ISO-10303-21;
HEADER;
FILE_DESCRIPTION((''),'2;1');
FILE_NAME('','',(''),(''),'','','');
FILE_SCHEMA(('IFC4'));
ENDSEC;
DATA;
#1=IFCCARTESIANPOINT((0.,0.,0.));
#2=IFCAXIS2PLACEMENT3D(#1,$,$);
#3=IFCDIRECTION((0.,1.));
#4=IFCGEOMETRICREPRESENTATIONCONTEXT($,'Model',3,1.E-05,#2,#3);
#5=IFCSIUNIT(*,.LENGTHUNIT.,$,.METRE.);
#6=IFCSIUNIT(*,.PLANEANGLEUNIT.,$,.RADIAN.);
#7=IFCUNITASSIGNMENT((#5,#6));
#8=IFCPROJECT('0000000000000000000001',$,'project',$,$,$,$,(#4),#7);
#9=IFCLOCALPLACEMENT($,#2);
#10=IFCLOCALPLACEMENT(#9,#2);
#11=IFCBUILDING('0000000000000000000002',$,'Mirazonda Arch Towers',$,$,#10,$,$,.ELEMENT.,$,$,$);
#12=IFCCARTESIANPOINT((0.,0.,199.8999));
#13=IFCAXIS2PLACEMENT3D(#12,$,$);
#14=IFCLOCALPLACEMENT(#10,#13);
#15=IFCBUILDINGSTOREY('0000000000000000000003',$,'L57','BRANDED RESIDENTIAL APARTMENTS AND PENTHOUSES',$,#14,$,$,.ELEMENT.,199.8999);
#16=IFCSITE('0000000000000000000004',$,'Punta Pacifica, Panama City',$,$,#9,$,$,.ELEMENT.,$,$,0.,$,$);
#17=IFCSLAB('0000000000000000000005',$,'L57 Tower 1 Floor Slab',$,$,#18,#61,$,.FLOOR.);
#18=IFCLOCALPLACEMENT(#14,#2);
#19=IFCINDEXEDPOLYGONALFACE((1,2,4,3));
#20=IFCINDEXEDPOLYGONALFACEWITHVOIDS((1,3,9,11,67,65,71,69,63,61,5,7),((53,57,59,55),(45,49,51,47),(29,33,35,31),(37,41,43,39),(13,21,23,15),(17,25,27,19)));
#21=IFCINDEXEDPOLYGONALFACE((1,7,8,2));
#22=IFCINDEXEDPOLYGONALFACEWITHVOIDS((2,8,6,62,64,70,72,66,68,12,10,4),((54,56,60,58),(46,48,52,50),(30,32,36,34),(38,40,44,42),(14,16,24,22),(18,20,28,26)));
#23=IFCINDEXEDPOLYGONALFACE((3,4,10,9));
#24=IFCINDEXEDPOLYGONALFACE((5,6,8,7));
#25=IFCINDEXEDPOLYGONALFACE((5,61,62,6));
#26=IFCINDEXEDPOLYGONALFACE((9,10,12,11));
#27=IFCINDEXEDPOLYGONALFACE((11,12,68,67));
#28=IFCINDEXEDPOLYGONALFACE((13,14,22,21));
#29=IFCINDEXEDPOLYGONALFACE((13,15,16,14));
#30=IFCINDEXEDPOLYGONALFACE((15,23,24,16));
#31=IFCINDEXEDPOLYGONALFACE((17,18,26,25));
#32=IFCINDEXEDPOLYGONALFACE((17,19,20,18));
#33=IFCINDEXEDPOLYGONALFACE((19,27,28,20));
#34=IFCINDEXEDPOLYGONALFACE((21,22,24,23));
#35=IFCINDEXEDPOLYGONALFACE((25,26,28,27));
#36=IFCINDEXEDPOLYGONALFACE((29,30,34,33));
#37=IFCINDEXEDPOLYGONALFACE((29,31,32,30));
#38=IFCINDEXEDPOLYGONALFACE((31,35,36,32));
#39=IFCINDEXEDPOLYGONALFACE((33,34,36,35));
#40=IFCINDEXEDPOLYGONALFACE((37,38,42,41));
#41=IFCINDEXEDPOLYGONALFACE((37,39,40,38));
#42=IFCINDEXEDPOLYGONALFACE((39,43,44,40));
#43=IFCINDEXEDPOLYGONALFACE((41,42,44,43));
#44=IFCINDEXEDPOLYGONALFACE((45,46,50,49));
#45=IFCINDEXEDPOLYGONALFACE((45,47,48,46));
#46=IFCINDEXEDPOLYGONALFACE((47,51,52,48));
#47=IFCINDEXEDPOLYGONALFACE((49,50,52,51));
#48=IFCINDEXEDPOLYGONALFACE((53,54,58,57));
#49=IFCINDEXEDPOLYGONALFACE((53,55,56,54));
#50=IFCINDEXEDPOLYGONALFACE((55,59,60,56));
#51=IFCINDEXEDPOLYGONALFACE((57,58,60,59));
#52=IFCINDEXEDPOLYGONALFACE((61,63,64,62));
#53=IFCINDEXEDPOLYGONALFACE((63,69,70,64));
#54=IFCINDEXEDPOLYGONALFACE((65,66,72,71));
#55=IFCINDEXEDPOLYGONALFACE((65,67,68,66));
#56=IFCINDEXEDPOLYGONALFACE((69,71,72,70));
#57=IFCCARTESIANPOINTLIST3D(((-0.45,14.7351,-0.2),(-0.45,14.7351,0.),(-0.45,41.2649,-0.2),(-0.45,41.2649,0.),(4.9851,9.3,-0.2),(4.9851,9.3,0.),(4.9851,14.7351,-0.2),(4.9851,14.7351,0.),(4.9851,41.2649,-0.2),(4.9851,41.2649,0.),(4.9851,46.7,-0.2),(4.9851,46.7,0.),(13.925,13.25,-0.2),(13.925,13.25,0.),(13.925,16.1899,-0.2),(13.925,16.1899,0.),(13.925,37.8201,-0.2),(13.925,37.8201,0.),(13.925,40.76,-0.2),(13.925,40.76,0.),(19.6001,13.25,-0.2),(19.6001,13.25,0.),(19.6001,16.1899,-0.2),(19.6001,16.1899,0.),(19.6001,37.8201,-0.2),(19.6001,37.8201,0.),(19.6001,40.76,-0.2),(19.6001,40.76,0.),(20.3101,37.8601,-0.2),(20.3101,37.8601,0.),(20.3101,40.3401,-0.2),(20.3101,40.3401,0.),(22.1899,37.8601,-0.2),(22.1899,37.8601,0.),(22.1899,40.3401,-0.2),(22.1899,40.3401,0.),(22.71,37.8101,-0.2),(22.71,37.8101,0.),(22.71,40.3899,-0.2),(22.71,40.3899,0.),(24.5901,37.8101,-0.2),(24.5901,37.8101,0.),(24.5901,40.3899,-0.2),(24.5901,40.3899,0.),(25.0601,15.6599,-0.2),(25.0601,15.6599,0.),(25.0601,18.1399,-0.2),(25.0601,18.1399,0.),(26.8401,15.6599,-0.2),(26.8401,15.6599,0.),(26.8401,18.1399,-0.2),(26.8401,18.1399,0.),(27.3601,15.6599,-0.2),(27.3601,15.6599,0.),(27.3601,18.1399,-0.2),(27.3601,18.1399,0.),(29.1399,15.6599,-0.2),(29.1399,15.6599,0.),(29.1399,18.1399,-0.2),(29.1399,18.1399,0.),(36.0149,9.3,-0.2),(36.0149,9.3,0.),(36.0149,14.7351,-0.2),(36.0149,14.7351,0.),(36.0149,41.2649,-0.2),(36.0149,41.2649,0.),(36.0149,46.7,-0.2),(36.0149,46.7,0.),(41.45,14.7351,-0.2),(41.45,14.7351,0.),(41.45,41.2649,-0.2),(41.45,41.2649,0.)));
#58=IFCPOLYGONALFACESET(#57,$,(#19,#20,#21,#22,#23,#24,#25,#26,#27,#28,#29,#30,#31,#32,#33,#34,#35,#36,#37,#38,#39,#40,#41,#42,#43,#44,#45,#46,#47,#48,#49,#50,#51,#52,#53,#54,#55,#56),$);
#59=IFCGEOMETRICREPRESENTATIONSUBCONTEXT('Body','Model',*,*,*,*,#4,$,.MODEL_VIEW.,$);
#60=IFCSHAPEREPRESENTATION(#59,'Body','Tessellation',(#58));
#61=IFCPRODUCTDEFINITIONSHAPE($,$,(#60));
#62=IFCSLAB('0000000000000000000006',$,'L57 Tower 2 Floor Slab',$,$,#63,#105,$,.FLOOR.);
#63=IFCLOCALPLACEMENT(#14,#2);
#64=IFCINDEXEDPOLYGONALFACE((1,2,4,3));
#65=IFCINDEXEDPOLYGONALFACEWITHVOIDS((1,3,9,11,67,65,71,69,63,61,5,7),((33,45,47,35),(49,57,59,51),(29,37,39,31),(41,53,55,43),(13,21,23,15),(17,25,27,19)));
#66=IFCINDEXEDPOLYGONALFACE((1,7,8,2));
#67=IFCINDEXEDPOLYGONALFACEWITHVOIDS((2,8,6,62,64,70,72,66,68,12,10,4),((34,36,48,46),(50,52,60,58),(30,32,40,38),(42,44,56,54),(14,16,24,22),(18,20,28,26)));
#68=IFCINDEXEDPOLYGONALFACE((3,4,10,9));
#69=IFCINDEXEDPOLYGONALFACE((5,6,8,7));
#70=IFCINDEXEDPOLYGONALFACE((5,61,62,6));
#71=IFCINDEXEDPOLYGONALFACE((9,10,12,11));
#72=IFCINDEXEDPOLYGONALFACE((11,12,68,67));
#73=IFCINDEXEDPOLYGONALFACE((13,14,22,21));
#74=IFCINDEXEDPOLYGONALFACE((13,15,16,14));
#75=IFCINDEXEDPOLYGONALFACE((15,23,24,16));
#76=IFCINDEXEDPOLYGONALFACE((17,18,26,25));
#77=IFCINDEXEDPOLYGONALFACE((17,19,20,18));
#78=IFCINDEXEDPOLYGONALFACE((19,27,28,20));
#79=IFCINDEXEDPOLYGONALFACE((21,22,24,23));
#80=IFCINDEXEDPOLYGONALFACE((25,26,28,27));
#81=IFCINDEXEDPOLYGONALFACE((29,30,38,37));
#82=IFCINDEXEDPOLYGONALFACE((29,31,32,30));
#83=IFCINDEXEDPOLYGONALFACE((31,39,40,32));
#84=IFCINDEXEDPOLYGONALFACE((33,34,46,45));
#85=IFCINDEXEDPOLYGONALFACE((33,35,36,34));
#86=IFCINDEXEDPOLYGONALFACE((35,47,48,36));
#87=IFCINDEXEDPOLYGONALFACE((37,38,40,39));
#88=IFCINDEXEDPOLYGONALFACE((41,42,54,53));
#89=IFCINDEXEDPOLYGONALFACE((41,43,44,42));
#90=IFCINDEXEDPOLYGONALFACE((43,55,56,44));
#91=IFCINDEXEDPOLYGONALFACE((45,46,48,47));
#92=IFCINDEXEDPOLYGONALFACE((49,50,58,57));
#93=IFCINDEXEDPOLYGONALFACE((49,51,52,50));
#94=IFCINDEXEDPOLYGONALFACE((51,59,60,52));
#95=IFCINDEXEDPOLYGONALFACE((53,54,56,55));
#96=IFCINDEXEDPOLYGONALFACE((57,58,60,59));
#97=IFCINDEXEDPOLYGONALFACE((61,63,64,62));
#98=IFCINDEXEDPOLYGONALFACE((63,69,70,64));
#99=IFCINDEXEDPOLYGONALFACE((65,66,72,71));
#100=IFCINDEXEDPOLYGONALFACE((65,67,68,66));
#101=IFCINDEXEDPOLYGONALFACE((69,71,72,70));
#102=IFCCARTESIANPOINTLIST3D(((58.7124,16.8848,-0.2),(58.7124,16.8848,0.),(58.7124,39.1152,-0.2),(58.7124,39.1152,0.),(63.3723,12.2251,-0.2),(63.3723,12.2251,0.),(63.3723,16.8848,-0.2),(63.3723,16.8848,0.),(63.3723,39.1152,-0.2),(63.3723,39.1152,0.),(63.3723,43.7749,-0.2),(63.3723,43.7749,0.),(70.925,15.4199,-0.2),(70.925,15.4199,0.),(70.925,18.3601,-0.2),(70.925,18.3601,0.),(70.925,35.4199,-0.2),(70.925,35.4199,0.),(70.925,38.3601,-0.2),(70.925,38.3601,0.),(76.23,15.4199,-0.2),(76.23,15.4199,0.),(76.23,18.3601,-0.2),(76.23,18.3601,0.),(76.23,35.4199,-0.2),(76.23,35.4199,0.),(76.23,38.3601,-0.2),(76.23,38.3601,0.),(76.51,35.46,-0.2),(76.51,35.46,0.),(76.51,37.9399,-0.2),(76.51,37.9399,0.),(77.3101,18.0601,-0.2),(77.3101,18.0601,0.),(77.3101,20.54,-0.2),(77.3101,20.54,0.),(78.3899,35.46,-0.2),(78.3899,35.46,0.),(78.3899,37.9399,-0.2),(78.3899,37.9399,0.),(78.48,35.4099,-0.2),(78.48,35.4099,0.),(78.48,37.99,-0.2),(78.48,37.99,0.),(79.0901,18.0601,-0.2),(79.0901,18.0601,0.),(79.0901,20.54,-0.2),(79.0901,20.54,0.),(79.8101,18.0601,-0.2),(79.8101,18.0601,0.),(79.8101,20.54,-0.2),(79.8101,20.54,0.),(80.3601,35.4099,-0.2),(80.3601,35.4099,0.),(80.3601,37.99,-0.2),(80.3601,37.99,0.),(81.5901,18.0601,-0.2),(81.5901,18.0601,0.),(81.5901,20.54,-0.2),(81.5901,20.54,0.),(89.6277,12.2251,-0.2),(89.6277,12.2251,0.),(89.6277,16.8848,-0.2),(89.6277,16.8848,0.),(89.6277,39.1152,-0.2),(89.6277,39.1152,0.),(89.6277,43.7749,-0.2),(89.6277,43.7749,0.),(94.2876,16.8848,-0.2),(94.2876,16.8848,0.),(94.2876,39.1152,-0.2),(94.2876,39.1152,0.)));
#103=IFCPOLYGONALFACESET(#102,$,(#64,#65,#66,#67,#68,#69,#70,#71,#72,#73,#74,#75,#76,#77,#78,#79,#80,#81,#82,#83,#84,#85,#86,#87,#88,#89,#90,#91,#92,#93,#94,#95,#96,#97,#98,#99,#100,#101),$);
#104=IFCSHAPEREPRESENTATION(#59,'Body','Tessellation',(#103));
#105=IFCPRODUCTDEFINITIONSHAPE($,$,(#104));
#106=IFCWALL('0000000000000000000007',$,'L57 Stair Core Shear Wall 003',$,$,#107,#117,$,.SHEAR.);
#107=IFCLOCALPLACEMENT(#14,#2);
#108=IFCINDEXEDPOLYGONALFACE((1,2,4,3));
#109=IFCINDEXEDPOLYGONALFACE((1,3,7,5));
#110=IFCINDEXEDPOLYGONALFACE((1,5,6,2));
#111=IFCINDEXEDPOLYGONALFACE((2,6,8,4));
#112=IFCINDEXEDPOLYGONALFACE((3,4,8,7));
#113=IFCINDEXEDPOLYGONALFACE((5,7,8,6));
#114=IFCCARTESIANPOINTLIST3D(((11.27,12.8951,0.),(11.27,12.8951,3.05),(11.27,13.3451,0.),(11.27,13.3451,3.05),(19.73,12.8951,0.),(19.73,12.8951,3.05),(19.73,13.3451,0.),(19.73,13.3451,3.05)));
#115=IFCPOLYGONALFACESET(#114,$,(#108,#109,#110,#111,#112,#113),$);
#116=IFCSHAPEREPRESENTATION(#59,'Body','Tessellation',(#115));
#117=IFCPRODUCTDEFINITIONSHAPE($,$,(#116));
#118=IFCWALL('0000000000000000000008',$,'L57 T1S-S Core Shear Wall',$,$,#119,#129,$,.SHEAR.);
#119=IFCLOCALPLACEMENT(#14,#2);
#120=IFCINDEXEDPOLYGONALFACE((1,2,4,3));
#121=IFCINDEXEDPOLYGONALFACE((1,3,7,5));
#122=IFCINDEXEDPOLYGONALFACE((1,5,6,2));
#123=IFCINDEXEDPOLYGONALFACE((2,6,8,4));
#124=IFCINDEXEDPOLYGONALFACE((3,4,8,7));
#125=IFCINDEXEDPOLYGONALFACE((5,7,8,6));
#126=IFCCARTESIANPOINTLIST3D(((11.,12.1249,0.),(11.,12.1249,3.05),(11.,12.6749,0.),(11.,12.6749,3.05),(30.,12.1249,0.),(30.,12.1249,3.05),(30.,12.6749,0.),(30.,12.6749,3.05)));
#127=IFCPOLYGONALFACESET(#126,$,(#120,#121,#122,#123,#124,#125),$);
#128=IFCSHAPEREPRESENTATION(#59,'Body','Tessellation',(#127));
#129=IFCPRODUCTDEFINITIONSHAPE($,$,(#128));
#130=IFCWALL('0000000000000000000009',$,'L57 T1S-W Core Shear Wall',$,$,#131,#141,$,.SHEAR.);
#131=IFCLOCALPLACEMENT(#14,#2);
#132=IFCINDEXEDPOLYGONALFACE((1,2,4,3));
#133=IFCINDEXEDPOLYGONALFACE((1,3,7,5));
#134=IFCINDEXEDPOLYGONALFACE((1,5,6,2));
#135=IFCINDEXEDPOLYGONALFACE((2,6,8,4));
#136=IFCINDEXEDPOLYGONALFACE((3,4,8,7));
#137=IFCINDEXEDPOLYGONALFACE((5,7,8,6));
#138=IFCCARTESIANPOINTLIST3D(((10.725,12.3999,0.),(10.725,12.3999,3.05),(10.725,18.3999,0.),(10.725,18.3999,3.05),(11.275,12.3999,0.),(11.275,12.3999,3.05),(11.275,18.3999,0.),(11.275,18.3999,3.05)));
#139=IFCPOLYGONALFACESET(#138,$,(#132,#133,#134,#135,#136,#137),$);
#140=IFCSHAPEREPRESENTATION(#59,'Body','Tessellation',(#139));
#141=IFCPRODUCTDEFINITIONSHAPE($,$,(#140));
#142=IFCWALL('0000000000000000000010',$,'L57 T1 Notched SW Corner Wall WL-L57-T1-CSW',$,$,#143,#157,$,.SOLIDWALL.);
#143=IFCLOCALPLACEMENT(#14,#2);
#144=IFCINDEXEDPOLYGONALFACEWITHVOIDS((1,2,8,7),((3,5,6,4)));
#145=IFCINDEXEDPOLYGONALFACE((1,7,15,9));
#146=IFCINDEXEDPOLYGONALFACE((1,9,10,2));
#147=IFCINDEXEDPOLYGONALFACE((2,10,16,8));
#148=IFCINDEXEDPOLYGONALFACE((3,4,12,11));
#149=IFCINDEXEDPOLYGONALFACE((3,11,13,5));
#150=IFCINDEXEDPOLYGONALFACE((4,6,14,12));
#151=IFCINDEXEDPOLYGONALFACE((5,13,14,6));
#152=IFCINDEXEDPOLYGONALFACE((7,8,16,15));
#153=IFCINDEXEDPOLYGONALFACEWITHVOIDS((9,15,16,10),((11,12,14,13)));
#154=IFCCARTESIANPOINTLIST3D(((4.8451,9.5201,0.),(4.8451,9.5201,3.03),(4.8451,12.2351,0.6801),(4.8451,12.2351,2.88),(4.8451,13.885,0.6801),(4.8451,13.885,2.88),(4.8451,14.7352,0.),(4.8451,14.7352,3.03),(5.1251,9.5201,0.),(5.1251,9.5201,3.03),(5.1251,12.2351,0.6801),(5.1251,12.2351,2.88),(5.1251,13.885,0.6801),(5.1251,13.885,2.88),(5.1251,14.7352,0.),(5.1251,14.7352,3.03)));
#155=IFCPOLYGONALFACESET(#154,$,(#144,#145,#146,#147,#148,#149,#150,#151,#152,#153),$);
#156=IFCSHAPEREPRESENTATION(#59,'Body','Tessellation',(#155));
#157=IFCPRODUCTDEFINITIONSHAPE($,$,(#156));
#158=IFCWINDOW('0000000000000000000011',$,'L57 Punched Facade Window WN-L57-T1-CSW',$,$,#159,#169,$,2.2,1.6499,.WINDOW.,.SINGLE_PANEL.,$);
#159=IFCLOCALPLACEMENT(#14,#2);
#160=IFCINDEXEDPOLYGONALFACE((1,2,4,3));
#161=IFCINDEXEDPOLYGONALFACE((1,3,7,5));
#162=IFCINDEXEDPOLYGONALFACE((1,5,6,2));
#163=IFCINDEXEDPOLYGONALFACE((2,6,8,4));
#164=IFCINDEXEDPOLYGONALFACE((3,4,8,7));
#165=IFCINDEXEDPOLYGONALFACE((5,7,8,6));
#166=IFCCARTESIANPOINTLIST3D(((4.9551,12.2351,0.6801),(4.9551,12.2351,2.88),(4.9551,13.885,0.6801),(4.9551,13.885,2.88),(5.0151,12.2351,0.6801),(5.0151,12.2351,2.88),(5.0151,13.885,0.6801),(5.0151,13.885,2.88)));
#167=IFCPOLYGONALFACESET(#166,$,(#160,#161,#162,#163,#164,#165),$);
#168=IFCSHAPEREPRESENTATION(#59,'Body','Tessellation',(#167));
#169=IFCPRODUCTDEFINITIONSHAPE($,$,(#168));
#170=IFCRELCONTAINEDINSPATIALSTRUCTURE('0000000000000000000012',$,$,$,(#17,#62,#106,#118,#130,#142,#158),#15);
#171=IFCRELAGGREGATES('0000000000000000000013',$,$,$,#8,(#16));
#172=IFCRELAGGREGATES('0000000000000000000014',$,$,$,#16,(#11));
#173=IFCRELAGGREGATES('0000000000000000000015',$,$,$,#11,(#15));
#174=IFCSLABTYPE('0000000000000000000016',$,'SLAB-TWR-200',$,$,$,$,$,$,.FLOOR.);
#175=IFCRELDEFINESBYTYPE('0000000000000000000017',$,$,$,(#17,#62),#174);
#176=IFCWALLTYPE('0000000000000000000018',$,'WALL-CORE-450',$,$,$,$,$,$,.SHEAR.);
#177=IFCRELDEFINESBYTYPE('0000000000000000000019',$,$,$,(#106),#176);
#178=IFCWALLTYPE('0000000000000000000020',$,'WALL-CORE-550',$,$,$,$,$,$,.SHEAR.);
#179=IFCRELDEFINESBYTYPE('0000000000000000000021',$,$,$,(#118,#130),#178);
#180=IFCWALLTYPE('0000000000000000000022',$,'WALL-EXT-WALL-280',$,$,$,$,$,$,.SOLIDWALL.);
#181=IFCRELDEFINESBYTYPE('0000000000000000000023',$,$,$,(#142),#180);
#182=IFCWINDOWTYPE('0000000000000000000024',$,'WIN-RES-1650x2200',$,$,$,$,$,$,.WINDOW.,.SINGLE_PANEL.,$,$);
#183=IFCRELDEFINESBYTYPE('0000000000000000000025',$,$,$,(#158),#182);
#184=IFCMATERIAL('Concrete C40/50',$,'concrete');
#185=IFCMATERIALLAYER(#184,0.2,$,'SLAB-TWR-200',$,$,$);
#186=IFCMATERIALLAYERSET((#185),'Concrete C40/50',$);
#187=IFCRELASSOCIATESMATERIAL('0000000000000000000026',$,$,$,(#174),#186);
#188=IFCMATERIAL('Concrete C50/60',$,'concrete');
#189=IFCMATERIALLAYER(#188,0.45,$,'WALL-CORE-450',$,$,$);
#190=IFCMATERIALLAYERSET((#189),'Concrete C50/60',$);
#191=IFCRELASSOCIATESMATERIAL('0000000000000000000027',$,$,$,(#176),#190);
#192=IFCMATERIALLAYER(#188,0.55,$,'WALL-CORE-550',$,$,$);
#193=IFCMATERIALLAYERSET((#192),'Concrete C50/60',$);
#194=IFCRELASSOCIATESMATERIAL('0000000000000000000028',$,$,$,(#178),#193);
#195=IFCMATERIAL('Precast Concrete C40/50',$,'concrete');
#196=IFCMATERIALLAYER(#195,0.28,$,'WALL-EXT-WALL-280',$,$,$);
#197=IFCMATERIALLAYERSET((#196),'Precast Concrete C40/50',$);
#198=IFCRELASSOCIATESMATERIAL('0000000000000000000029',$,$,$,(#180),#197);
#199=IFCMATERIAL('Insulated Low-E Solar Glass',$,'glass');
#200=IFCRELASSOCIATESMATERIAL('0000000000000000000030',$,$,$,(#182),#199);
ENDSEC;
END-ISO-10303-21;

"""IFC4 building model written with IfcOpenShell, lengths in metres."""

from ifc_helpers import new_model, si_unit, direction, frame, frame_2d, origin, place, context, subcontext, project, spatial, polyline, rectangle, outline, extrude, material, layer, layer_set, type_object, element, fill, save


model = new_model("IFC4")

# Units and contexts
model_context = context("Model", 3, precision=1e-05, world=origin(), true_north=direction((0.0, 1.0)))
body_context = subcontext(model_context, "Body", "Model", "MODEL_VIEW")
ifc_project = project(units=[si_unit("LENGTHUNIT", "METRE"), si_unit("PLANEANGLEUNIT", "RADIAN")], contexts=[model_context])

# Site, building, storey
site_placement = place(None, origin())
site = spatial("IfcSite", under=ifc_project, at=site_placement, Name="Punta Pacifica, Panama City", CompositionType="ELEMENT", RefElevation=0.0)
building_placement = place(site_placement, origin())
building = spatial("IfcBuilding", under=site, at=building_placement, Name="Mirazonda Arch Towers", CompositionType="ELEMENT")
storey_placement = place(building_placement, frame((0.0, 0.0, 199.8999)))
storey = spatial("IfcBuildingStorey", under=building, at=storey_placement, Name="L57", Description="BRANDED RESIDENTIAL APARTMENTS AND PENTHOUSES", CompositionType="ELEMENT", Elevation=199.8999)

# Shared definitions
ifc_material_1 = material(Name="Concrete C50/60", Category="concrete")

# Shared definitions
ifc_material_2 = material(Name="Insulated Low-E Solar Glass", Category="glass")

# Shared definitions
ifc_material_3 = material(Name="Concrete C40/50", Category="concrete")

# Slabs
ifc_layer_1 = layer(ifc_material_3, 0.2, Name="SLAB-TWR-200")
ifc_layer_set_1 = layer_set([ifc_layer_1], Name="Concrete C40/50")
slab_type_1 = type_object("IfcSlabType", Name="SLAB-TWR-200", PredefinedType="FLOOR", material=ifc_layer_set_1)
slab_1_placement = place(storey_placement, frame((0.0, 0.0, -0.2)))
element("IfcSlab", 1, at=slab_1_placement, inside=storey, type_object=slab_type_1, Name="L57 Tower 1 Floor Slab", PredefinedType="FLOOR", context=body_context, shape_type="SweptSolid", body=[
    extrude(outline(polyline([(4.9851, 9.3), (36.0149, 9.3), (36.0149, 14.7351), (41.45, 14.7351), (41.45, 41.2649), (36.0149, 41.2649), (36.0149, 46.7), (4.9851, 46.7), (4.9851, 41.2649), (-0.45, 41.2649), (-0.45, 14.7351), (4.9851, 14.7351), (4.9851, 9.3)]), holes=[polyline([(27.3601, 18.1399), (29.1399, 18.1399), (29.1399, 15.6599), (27.3601, 15.6599), (27.3601, 18.1399)]), polyline([(25.0601, 18.1399), (26.8401, 18.1399), (26.8401, 15.6599), (25.0601, 15.6599), (25.0601, 18.1399)]), polyline([(22.71, 40.3899), (24.5901, 40.3899), (24.5901, 37.8101), (22.71, 37.8101), (22.71, 40.3899)]), polyline([(20.3101, 37.8601), (20.3101, 40.3401), (22.1899, 40.3401), (22.1899, 37.8601), (20.3101, 37.8601)]), polyline([(19.6001, 13.25), (13.925, 13.25), (13.925, 16.1899), (19.6001, 16.1899), (19.6001, 13.25)]), polyline([(13.925, 37.8201), (13.925, 40.76), (19.6001, 40.76), (19.6001, 37.8201), (13.925, 37.8201)])]), origin(), (0.0, 0.0, 1.0), 0.2),
])
slab_2_placement = place(storey_placement, frame((0.0, 0.0, -0.2)))
element("IfcSlab", 2, at=slab_2_placement, inside=storey, type_object=slab_type_1, Name="L57 Tower 2 Floor Slab", PredefinedType="FLOOR", context=body_context, shape_type="SweptSolid", body=[
    extrude(outline(polyline([(63.3723, 12.2251), (89.6277, 12.2251), (89.6277, 16.8848), (94.2876, 16.8848), (94.2876, 39.1152), (89.6277, 39.1152), (89.6277, 43.7749), (63.3723, 43.7749), (63.3723, 39.1152), (58.7124, 39.1152), (58.7124, 16.8848), (63.3723, 16.8848), (63.3723, 12.2251)]), holes=[polyline([(79.8101, 20.54), (81.5901, 20.54), (81.5901, 18.0601), (79.8101, 18.0601), (79.8101, 20.54)]), polyline([(78.48, 37.99), (80.3601, 37.99), (80.3601, 35.4099), (78.48, 35.4099), (78.48, 37.99)]), polyline([(77.3101, 20.54), (79.0901, 20.54), (79.0901, 18.0601), (77.3101, 18.0601), (77.3101, 20.54)]), polyline([(76.51, 35.46), (76.51, 37.9399), (78.3899, 37.9399), (78.3899, 35.46), (76.51, 35.46)]), polyline([(76.23, 15.4199), (70.925, 15.4199), (70.925, 18.3601), (76.23, 18.3601), (76.23, 15.4199)]), polyline([(70.925, 35.4199), (70.925, 38.3601), (76.23, 38.3601), (76.23, 35.4199), (70.925, 35.4199)])]), origin(), (0.0, 0.0, 1.0), 0.2),
])

# Walls
ifc_layer_2 = layer(ifc_material_1, 0.45, Name="WALL-CORE-450")
ifc_layer_set_2 = layer_set([ifc_layer_2], Name="Concrete C50/60")
wall_type_1 = type_object("IfcWallType", Name="WALL-CORE-450", PredefinedType="SHEAR", material=ifc_layer_set_2)
wall_1_placement = place(storey_placement, frame((11.27, 13.1201, 0.0), z_axis=(0.0, 0.0, 1.0), x_axis=(1.0, 0.0, 0.0)))
element("IfcWall", 3, at=wall_1_placement, inside=storey, type_object=wall_type_1, Name="L57 Stair Core Shear Wall 003", PredefinedType="SHEAR", context=body_context, shape_type="SweptSolid", body=[
    extrude(rectangle(XDim=8.46, YDim=0.45, at=frame_2d((4.23, 0.0))), origin(), (0.0, 0.0, 1.0), 3.05),
])
ifc_layer_3 = layer(ifc_material_1, 0.55, Name="WALL-CORE-550")
ifc_layer_set_3 = layer_set([ifc_layer_3], Name="Concrete C50/60")
wall_type_2 = type_object("IfcWallType", Name="WALL-CORE-550", PredefinedType="SHEAR", material=ifc_layer_set_3)
wall_2_placement = place(storey_placement, frame((11.0, 12.3999, 0.0), z_axis=(0.0, 0.0, 1.0), x_axis=(1.0, 0.0, 0.0)))
element("IfcWall", 4, at=wall_2_placement, inside=storey, type_object=wall_type_2, Name="L57 T1S-S Core Shear Wall", PredefinedType="SHEAR", context=body_context, shape_type="SweptSolid", body=[
    extrude(rectangle(XDim=19.0, YDim=0.55, at=frame_2d((9.5, 0.0))), origin(), (0.0, 0.0, 1.0), 3.05),
])
wall_3_placement = place(storey_placement, frame((11.0, 12.3999, 0.0), z_axis=(0.0, 0.0, 1.0), x_axis=(0.0, 1.0, 0.0)))
element("IfcWall", 5, at=wall_3_placement, inside=storey, type_object=wall_type_2, Name="L57 T1S-W Core Shear Wall", PredefinedType="SHEAR", context=body_context, shape_type="SweptSolid", body=[
    extrude(rectangle(XDim=6.0, YDim=0.55, at=frame_2d((3.0, 0.0))), origin(), (0.0, 0.0, 1.0), 3.05),
])

# Wall, opening, window
ifc_material_4 = material(Name="Precast Concrete C40/50", Category="concrete")
ifc_layer_4 = layer(ifc_material_4, 0.28, Name="WALL-EXT-WALL-280")
ifc_layer_set_4 = layer_set([ifc_layer_4], Name="Precast Concrete C40/50")
wall_type_3 = type_object("IfcWallType", Name="WALL-EXT-WALL-280", PredefinedType="SOLIDWALL", material=ifc_layer_set_4)
wall_4_placement = place(storey_placement, frame((4.9851, 14.7351, 0.0), z_axis=(0.0, 0.0, 1.0), x_axis=(0.0, -1.0, 0.0)))
wall_4 = element("IfcWall", 6, at=wall_4_placement, inside=storey, type_object=wall_type_3, Name="L57 T1 Notched SW Corner Wall WL-L57-T1-CSW", PredefinedType="SOLIDWALL", context=body_context, shape_type="SweptSolid", body=[
    extrude(rectangle(XDim=5.2151, YDim=0.28, at=frame_2d((2.6074, 0.0))), origin(), (0.0, 0.0, 1.0), 3.03),
])
opening_1_placement = place(wall_4_placement, frame((0.8501, 0.0, 0.6799)))
opening_1 = element("IfcOpeningElement", 7, at=opening_1_placement, cuts=wall_4, PredefinedType="OPENING", context=body_context, shape_type="SweptSolid", body=[
    extrude(rectangle(XDim=1.6499, YDim=2.2, at=frame_2d((0.825, 1.1001))), frame((0.0, 0.1499, 0.0), z_axis=(0.0, -1.0, 0.0), x_axis=(1.0, 0.0, 0.0)), (0.0, 0.0, 1.0), 0.3),
])
window_type_1 = type_object("IfcWindowType", Name="WIN-RES-1650x2200", PartitioningType="SINGLE_PANEL", PredefinedType="WINDOW", material=ifc_material_2)
window_1_placement = place(opening_1_placement, origin())
window_1 = element("IfcWindow", 8, at=window_1_placement, inside=storey, type_object=window_type_1, Name="L57 Punched Facade Window WN-L57-T1-CSW", OverallHeight=2.2, OverallWidth=1.6499, PartitioningType="SINGLE_PANEL", PredefinedType="WINDOW", context=body_context, shape_type="SweptSolid", body=[
    extrude(rectangle(XDim=1.6499, YDim=2.2, at=frame_2d((0.825, 1.1001))), frame((0.0, 0.03, 0.0), z_axis=(0.0, -1.0, 0.0), x_axis=(1.0, 0.0, 0.0)), (0.0, 0.0, 1.0), 0.0601),
])
fill(opening_1, window_1)

save(model, "model.ifc")
